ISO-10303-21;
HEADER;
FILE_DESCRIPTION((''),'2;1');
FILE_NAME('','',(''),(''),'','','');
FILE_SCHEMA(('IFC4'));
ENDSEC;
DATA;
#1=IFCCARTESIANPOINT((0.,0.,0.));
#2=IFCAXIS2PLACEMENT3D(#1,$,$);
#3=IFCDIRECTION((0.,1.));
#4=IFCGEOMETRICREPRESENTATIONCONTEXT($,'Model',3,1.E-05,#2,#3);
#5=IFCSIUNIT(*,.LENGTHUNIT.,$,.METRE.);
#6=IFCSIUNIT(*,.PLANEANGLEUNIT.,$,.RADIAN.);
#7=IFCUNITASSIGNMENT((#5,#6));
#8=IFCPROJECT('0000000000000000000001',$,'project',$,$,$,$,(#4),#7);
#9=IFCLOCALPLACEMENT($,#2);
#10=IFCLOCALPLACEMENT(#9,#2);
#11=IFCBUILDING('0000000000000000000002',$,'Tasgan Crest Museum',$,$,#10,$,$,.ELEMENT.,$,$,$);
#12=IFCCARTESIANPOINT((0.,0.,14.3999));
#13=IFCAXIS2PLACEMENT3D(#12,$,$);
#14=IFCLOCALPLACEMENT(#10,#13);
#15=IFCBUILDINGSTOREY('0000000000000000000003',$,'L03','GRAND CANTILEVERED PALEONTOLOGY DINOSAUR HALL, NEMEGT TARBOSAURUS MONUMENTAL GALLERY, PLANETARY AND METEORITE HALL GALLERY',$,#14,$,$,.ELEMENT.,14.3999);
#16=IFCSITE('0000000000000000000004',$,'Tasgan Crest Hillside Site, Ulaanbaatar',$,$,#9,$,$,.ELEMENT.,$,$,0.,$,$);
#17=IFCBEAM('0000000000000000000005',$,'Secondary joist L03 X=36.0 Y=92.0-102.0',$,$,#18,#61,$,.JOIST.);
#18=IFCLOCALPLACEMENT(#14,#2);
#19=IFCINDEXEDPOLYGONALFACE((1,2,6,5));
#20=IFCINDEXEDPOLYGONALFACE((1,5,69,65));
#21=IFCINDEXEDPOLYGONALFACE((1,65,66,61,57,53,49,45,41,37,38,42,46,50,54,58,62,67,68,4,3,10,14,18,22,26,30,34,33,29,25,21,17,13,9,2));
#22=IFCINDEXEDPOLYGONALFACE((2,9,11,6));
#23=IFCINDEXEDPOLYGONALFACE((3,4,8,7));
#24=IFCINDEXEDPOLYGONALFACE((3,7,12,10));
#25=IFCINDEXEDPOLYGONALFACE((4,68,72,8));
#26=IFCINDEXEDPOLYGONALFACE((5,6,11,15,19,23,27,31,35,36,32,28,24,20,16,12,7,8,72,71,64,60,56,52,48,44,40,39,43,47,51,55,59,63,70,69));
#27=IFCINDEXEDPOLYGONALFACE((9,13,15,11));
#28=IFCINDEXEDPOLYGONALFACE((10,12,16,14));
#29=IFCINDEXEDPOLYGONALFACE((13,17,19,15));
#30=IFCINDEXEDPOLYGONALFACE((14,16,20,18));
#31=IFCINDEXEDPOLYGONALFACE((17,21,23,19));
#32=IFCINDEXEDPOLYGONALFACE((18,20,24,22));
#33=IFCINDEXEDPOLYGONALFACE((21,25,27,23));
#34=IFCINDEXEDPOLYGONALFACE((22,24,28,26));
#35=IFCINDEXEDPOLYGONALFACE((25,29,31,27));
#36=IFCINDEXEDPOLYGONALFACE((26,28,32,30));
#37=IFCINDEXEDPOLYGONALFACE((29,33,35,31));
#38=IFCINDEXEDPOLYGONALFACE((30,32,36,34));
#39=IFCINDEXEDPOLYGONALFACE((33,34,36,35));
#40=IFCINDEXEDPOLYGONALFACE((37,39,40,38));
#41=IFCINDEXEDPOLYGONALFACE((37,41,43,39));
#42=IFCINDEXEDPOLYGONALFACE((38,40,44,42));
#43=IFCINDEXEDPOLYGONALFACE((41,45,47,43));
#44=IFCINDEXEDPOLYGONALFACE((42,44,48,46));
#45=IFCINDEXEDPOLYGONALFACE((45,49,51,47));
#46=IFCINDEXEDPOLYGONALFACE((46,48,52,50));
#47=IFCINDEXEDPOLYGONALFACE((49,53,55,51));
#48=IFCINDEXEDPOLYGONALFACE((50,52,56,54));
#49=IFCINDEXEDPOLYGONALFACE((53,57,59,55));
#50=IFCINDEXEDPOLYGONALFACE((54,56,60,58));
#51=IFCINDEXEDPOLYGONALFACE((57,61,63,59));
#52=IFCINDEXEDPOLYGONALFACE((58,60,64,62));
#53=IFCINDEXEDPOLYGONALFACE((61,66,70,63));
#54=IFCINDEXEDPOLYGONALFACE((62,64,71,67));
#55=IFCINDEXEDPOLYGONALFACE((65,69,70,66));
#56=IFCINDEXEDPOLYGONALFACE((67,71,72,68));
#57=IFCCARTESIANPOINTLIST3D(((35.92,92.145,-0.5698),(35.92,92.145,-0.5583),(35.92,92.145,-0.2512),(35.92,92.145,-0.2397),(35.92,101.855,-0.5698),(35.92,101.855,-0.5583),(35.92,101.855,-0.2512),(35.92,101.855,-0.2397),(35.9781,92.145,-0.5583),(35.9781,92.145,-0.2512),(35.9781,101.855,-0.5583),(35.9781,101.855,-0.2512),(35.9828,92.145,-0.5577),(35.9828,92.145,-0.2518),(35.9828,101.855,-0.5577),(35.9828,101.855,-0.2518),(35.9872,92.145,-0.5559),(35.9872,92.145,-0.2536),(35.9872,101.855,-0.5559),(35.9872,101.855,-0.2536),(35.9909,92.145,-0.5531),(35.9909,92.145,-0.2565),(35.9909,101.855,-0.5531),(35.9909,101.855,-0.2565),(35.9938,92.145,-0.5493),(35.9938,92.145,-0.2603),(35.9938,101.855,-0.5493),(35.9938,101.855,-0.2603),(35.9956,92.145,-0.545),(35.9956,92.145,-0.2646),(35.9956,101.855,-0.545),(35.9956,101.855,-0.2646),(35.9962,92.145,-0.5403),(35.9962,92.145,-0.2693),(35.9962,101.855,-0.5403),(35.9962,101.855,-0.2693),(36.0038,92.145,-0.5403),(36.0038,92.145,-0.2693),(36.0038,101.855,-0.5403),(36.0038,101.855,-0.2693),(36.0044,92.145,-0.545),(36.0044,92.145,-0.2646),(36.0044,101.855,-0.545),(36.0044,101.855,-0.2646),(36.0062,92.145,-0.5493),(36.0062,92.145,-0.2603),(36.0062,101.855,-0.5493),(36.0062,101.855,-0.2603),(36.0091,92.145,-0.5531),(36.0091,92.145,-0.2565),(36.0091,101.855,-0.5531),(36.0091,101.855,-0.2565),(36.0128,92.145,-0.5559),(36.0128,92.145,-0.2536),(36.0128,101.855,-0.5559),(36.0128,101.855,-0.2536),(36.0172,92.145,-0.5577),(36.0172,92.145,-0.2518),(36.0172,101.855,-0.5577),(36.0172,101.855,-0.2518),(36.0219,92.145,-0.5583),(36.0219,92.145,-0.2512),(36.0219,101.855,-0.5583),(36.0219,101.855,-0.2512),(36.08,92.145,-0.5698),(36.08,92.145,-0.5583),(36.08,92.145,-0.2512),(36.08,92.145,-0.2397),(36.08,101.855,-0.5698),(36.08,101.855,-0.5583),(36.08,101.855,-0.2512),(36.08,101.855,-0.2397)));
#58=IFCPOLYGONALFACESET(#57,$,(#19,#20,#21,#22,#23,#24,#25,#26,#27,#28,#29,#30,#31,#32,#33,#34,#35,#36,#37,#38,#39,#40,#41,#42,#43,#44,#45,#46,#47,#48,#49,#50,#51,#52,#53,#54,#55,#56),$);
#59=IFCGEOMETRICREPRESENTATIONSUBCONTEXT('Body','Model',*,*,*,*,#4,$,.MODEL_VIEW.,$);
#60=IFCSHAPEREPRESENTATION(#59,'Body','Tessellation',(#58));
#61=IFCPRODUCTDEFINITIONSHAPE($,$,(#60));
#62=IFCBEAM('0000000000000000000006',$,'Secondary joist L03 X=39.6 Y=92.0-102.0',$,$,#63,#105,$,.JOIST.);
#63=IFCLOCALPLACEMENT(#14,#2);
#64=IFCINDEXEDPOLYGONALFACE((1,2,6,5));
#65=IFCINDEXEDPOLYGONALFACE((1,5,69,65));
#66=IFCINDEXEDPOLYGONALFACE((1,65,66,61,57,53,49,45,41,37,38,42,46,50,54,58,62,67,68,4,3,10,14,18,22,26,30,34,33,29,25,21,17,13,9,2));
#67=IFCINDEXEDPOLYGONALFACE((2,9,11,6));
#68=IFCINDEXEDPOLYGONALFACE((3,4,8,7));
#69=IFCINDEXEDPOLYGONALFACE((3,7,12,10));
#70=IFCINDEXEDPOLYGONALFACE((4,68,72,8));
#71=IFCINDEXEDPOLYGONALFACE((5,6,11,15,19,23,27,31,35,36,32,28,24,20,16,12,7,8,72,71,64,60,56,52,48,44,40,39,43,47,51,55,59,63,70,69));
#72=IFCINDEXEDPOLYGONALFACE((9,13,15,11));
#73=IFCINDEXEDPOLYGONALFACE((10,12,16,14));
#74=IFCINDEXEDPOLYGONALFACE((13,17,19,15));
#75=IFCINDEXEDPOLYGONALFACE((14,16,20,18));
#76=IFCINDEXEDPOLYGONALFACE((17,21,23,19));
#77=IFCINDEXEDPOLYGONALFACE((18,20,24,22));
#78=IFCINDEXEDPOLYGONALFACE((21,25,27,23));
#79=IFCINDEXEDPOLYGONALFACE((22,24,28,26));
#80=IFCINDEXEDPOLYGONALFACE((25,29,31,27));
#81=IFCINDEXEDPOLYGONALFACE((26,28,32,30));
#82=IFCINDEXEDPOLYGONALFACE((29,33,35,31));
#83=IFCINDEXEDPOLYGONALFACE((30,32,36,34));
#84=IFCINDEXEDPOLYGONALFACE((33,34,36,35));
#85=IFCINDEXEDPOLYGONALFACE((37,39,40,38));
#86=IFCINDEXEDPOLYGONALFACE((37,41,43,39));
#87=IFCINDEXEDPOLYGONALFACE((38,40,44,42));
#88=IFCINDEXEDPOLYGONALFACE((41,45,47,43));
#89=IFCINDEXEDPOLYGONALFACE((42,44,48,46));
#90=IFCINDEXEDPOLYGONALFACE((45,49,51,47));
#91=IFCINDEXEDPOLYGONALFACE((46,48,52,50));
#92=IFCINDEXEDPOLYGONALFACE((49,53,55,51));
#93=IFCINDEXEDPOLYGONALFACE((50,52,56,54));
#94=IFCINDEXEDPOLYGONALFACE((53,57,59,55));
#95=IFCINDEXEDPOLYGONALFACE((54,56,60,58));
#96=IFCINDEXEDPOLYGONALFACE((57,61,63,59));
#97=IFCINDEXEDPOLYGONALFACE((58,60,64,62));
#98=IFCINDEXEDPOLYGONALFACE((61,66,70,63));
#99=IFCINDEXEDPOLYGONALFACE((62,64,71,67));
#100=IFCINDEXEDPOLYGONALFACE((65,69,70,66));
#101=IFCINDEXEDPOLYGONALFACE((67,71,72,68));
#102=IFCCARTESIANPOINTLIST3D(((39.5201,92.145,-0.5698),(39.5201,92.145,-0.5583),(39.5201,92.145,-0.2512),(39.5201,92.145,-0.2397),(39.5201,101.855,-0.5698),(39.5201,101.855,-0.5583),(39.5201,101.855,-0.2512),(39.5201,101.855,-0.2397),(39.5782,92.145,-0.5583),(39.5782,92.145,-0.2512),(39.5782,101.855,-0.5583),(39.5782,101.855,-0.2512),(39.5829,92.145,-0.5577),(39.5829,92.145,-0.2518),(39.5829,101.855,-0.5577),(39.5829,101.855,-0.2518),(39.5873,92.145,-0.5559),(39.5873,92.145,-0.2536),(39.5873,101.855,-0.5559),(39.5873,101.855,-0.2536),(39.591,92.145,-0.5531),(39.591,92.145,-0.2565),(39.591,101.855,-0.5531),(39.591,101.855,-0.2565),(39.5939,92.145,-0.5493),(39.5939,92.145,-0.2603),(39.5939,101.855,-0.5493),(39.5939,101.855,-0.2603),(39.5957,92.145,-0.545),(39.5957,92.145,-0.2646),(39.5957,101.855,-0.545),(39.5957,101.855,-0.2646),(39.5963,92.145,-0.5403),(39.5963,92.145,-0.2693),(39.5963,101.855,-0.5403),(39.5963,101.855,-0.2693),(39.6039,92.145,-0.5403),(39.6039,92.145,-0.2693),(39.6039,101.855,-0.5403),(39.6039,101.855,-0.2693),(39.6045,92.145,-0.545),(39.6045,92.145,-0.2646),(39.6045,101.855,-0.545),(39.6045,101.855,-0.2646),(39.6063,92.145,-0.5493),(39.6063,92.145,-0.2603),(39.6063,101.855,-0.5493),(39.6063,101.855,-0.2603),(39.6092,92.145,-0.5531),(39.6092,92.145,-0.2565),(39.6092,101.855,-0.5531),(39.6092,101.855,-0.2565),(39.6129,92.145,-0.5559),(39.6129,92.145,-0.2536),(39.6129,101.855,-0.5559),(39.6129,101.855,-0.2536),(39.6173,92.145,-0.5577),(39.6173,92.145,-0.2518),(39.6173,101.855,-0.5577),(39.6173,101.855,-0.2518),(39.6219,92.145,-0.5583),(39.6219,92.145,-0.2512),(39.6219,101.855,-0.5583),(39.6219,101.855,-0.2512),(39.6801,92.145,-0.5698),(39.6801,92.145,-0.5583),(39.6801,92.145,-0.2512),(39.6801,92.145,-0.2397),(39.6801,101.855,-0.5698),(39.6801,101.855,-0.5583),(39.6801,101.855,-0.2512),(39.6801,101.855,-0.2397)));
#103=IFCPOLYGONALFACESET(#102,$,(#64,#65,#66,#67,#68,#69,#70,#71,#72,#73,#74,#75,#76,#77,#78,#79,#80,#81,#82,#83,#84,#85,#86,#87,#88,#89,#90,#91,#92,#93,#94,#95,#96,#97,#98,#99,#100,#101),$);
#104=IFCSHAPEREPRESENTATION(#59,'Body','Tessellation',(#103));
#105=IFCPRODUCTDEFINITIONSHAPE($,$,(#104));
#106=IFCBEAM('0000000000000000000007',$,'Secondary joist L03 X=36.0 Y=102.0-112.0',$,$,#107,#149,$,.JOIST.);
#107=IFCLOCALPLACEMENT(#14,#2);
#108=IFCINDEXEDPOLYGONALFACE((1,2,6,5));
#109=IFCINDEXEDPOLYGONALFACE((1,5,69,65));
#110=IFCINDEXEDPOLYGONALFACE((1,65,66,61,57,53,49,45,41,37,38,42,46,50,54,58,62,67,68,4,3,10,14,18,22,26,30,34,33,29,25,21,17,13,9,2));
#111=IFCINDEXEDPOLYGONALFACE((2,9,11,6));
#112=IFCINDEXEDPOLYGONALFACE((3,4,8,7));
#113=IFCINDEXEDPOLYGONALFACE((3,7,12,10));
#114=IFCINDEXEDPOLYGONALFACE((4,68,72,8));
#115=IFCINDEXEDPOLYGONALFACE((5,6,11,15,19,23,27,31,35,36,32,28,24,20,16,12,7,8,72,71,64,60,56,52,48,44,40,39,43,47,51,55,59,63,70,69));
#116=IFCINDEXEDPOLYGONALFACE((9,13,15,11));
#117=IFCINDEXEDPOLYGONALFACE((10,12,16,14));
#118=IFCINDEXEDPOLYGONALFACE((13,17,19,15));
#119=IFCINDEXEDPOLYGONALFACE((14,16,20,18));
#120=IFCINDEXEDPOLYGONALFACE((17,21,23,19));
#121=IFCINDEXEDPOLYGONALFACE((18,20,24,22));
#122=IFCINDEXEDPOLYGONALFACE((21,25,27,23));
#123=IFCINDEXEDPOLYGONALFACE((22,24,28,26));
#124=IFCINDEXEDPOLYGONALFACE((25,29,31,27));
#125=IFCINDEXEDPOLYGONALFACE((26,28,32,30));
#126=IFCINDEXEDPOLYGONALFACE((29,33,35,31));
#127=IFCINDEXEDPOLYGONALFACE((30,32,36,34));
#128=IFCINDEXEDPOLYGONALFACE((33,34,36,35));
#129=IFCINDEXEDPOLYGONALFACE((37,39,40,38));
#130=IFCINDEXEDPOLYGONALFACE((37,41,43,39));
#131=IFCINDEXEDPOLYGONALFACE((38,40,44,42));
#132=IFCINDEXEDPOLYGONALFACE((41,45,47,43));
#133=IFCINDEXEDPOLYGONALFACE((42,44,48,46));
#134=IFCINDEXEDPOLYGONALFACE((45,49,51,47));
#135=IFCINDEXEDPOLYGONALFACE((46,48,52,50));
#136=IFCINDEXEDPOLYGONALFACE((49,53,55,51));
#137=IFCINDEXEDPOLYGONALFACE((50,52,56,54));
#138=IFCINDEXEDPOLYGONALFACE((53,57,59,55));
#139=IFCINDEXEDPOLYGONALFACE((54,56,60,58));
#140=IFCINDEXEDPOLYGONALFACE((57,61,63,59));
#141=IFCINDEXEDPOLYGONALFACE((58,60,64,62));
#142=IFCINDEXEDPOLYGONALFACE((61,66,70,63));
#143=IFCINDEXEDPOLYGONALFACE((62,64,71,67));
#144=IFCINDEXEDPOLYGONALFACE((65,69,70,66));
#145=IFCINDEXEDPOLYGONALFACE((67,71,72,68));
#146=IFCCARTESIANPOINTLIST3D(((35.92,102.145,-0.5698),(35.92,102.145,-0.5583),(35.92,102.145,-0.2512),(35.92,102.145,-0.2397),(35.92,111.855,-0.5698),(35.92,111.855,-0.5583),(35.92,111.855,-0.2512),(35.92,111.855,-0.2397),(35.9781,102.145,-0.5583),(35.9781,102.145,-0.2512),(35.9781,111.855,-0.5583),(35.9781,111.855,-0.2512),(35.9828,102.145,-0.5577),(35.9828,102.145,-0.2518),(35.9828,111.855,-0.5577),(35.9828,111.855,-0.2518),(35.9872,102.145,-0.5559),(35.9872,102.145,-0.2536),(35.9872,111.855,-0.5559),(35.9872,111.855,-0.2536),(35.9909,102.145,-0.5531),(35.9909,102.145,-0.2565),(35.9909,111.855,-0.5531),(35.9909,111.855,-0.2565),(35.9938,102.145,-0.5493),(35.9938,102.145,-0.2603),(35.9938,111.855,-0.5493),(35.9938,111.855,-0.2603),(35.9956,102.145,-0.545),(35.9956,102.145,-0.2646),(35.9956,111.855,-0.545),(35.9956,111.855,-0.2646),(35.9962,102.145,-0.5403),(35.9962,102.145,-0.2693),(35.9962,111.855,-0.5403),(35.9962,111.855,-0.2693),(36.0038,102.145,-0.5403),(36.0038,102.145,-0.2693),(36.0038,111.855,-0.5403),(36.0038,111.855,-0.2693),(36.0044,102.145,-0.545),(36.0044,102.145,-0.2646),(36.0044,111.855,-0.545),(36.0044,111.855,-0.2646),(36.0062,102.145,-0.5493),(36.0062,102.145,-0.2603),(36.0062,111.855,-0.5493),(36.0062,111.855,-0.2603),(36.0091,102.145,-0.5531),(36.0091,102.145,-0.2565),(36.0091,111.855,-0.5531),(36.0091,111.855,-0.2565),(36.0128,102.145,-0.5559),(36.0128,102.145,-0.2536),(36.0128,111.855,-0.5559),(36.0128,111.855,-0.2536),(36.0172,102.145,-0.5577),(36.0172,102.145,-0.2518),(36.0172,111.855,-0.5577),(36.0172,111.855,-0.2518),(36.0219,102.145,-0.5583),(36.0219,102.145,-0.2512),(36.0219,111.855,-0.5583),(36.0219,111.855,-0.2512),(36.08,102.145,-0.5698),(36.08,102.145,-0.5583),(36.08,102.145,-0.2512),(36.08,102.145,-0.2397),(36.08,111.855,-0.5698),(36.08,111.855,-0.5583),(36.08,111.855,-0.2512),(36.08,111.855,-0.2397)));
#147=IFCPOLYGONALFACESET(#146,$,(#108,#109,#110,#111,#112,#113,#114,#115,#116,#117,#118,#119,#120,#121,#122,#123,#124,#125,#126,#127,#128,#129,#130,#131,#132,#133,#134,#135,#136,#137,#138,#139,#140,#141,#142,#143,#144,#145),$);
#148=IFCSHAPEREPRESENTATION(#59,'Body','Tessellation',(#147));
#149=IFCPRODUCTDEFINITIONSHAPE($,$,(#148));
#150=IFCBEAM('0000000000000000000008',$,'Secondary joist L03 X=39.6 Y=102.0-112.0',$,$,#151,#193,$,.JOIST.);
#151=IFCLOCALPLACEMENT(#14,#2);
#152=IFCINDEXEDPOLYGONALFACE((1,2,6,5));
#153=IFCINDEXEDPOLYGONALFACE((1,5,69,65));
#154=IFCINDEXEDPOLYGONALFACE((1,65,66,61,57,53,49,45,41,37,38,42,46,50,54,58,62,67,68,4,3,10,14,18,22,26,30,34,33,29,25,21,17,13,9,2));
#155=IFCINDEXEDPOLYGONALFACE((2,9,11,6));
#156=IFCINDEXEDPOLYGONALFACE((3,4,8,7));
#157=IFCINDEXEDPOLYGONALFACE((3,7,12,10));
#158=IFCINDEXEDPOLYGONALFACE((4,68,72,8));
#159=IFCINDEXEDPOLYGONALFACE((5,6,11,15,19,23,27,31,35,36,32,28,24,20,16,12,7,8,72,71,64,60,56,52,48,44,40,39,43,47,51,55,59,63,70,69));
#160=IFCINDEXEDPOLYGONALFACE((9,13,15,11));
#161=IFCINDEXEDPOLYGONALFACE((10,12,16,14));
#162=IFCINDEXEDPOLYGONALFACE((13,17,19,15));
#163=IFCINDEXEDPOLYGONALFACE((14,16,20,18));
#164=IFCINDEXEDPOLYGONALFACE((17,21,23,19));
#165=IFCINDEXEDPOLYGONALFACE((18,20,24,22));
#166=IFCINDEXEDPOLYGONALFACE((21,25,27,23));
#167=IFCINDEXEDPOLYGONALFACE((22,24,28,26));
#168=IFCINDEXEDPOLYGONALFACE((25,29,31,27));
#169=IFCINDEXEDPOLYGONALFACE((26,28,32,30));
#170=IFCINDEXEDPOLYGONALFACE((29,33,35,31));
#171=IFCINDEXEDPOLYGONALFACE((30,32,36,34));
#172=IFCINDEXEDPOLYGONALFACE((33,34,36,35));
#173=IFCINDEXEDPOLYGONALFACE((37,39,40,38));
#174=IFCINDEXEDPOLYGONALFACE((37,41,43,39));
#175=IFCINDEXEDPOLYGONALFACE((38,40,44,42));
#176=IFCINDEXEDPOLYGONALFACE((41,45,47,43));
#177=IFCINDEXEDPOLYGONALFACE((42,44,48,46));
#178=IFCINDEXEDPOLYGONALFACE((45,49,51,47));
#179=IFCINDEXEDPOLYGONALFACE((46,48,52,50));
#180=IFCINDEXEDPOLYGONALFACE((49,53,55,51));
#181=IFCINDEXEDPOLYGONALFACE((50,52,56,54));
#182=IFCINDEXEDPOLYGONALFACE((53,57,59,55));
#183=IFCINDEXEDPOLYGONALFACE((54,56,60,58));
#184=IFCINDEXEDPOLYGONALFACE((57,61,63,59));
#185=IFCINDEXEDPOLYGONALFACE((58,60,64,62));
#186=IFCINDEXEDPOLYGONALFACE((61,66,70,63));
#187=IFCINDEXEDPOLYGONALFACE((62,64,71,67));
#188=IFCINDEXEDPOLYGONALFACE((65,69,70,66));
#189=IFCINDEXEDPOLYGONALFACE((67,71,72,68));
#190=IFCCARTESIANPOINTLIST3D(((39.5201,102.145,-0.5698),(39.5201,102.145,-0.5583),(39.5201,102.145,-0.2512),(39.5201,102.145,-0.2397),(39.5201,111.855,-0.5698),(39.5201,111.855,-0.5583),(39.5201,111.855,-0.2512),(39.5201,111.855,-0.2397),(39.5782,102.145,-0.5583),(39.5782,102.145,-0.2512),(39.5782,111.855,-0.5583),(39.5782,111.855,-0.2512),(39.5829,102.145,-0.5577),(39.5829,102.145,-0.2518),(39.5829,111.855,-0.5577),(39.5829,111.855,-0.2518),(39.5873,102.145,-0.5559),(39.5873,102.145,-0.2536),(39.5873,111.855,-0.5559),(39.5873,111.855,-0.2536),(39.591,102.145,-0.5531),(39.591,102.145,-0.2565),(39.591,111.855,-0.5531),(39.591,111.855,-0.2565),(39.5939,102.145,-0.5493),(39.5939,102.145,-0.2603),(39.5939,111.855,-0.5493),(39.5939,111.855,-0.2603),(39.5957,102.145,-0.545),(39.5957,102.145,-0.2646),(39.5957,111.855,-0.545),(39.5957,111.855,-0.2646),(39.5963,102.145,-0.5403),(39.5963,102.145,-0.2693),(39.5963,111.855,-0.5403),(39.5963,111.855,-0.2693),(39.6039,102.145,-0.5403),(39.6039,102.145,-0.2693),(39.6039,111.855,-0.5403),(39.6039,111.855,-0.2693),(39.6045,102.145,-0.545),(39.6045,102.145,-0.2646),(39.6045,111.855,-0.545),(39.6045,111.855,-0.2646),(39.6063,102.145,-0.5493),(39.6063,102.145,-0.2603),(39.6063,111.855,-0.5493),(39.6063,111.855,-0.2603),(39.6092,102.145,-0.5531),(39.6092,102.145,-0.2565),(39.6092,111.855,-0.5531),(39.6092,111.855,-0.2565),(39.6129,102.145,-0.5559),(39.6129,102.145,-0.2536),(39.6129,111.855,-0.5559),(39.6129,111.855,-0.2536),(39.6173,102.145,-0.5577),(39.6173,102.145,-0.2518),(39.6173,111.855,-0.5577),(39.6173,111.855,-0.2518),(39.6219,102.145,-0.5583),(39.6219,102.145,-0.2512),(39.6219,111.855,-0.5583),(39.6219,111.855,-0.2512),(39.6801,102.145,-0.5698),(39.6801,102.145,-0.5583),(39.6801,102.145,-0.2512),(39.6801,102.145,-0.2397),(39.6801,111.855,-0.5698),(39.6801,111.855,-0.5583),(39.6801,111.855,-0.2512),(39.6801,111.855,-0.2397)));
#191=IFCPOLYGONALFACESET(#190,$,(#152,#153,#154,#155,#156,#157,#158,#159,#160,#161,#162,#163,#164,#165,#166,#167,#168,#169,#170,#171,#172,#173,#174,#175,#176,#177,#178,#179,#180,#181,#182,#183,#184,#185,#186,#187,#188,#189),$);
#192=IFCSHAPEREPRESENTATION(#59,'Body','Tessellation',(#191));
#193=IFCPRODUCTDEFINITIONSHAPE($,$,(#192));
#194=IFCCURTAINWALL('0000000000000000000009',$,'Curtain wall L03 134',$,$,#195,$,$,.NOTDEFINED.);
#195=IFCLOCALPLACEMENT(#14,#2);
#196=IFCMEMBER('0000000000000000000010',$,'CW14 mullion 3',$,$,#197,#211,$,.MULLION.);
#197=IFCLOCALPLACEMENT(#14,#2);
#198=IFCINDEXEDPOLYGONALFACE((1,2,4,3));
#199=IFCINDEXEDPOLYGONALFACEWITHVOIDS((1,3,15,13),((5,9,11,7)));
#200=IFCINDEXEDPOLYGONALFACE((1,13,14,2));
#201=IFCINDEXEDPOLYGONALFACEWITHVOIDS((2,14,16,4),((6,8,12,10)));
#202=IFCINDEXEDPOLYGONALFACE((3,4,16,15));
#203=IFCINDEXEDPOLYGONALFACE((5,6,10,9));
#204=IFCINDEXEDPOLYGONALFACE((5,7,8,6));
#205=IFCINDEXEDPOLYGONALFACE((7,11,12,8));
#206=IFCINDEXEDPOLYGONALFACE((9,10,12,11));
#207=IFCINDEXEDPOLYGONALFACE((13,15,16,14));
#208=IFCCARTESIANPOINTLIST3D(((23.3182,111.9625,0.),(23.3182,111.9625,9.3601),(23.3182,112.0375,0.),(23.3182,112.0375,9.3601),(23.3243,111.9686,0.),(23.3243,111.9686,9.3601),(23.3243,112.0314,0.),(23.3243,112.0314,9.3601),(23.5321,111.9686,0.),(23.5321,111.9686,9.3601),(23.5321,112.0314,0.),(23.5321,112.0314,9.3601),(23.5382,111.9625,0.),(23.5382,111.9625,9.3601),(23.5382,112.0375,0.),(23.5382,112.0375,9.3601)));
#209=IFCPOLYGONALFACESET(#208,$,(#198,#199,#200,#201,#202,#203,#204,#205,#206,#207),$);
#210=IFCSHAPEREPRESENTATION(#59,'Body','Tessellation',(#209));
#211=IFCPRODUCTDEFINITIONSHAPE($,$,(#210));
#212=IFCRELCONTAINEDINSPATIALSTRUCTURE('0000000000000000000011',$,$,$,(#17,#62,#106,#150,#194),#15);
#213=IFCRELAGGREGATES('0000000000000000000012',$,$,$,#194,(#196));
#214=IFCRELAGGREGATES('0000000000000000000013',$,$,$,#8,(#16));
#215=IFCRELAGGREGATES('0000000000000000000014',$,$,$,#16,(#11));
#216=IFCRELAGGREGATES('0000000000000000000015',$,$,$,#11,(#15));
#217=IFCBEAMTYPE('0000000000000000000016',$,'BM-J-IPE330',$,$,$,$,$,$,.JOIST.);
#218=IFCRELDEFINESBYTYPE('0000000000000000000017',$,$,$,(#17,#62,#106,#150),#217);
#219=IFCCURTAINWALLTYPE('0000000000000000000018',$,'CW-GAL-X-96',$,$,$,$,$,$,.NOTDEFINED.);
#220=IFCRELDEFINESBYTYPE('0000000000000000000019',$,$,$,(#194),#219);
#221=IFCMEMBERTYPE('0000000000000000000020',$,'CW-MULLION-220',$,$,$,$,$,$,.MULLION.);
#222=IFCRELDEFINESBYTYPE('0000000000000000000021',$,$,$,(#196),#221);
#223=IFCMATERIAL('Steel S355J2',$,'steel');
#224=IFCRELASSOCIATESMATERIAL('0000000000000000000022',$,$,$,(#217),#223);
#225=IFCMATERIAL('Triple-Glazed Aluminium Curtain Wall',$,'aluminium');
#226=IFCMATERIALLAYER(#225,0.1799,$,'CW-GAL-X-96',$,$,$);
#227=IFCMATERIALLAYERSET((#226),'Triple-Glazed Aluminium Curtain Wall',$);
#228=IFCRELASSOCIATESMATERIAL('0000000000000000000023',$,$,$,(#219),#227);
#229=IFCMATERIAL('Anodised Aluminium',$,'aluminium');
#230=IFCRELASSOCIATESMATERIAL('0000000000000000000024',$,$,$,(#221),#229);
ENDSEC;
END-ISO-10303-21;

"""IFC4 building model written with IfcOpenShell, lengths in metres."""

from ifc_helpers import new_model, si_unit, direction, frame, origin, origin_2d, place, context, subcontext, project, spatial, hollow_rectangle, i_section, extrude, material, layer, layer_set, material_profile, profile_set, type_object, element, aggregate, save


model = new_model("IFC4")

# Units and contexts
model_context = context("Model", 3, precision=1e-05, world=origin(), true_north=direction((0.0, 1.0)))
body_context = subcontext(model_context, "Body", "Model", "MODEL_VIEW")
ifc_project = project(units=[si_unit("LENGTHUNIT", "METRE"), si_unit("PLANEANGLEUNIT", "RADIAN")], contexts=[model_context])

# Site, building, storey
site_placement = place(None, origin())
site = spatial("IfcSite", under=ifc_project, at=site_placement, Name="Tasgan Crest Hillside Site, Ulaanbaatar", CompositionType="ELEMENT", RefElevation=0.0)
building_placement = place(site_placement, origin())
building = spatial("IfcBuilding", under=site, at=building_placement, Name="Tasgan Crest Museum", CompositionType="ELEMENT")
storey_placement = place(building_placement, frame((0.0, 0.0, 14.3999)))
storey = spatial("IfcBuildingStorey", under=building, at=storey_placement, Name="L03", Description="GRAND CANTILEVERED PALEONTOLOGY DINOSAUR HALL, NEMEGT TARBOSAURUS MONUMENTAL GALLERY, PLANETARY AND METEORITE HALL GALLERY", CompositionType="ELEMENT", Elevation=14.3999)

# Beams
ifc_material_1 = material(Name="Steel S355J2", Category="steel")
ifc_material_profile_1 = material_profile(ifc_material_1, i_section(OverallWidth=0.1599, OverallDepth=0.3301, WebThickness=0.0076, FlangeThickness=0.0115, FilletRadius=0.0181, at=origin_2d()), Name="IPE 330")
ifc_profile_set_1 = profile_set([ifc_material_profile_1], Name="Steel S355J2")
beam_type_1 = type_object("IfcBeamType", Name="BM-J-IPE330", PredefinedType="JOIST", material=ifc_profile_set_1)
for number, where, z_axis, x_axis, name in (
    (1, (36.0, 92.145, -0.4048), (0.0, 1.0, 0.0), (-1.0, 0.0, 0.0), "Secondary joist L03 X=36.0 Y=92.0-102.0"),
    (2, (39.6001, 92.145, -0.4048), (0.0, 1.0, 0.0), (-1.0, 0.0, 0.0), "Secondary joist L03 X=39.6 Y=92.0-102.0"),
    (3, (36.0, 102.145, -0.4048), (0.0, 1.0, 0.0), (-1.0, 0.0, 0.0), "Secondary joist L03 X=36.0 Y=102.0-112.0"),
    (4, (39.6001, 102.145, -0.4048), (0.0, 1.0, 0.0), (-1.0, 0.0, 0.0), "Secondary joist L03 X=39.6 Y=102.0-112.0"),
):
    element("IfcBeam", number, at=place(storey_placement, frame(where, z_axis=z_axis, x_axis=x_axis)), inside=storey, type_object=beam_type_1, Name=name, PredefinedType="JOIST", context=body_context, shape_type="SweptSolid", body=[
        extrude(i_section(OverallWidth=0.1599, OverallDepth=0.3301, WebThickness=0.0076, FlangeThickness=0.0115, FilletRadius=0.0181, at=origin_2d()), origin(), (0.0, 0.0, 1.0), 9.71),
    ])

# Curtain wall, member
ifc_material_2 = material(Name="Triple-Glazed Aluminium Curtain Wall", Category="aluminium")
ifc_layer_1 = layer(ifc_material_2, 0.1799, Name="CW-GAL-X-96")
ifc_layer_set_1 = layer_set([ifc_layer_1], Name="Triple-Glazed Aluminium Curtain Wall")
curtain_wall_type = type_object("IfcCurtainWallType", Name="CW-GAL-X-96", PredefinedType="NOTDEFINED", material=ifc_layer_set_1)
curtain_wall_placement = place(storey_placement, origin())
curtain_wall = element("IfcCurtainWall", 5, at=curtain_wall_placement, inside=storey, type_object=curtain_wall_type, Name="Curtain wall L03 134", PredefinedType="NOTDEFINED")
ifc_material_3 = material(Name="Anodised Aluminium", Category="aluminium")
ifc_material_profile_2 = material_profile(ifc_material_3, hollow_rectangle(XDim=0.075, YDim=0.22, WallThickness=0.0061, at=origin_2d()), Name="ALU MULLION 220x75x6")
ifc_profile_set_2 = profile_set([ifc_material_profile_2], Name="Anodised Aluminium")
member_type_1 = type_object("IfcMemberType", Name="CW-MULLION-220", PredefinedType="MULLION", material=ifc_profile_set_2)
member_1_placement = place(storey_placement, frame((23.4282, 112.0, 0.0), z_axis=(0.0, 0.0, 1.0), x_axis=(0.0, -1.0, 0.0)))
member_1 = element("IfcMember", 6, at=member_1_placement, type_object=member_type_1, Name="CW14 mullion 3", PredefinedType="MULLION", context=body_context, shape_type="SweptSolid", body=[
    extrude(hollow_rectangle(XDim=0.075, YDim=0.22, WallThickness=0.0061, at=origin_2d()), origin(), (0.0, 0.0, 1.0), 9.3601),
])
aggregate(curtain_wall, [member_1])

save(model, "model.ifc")
